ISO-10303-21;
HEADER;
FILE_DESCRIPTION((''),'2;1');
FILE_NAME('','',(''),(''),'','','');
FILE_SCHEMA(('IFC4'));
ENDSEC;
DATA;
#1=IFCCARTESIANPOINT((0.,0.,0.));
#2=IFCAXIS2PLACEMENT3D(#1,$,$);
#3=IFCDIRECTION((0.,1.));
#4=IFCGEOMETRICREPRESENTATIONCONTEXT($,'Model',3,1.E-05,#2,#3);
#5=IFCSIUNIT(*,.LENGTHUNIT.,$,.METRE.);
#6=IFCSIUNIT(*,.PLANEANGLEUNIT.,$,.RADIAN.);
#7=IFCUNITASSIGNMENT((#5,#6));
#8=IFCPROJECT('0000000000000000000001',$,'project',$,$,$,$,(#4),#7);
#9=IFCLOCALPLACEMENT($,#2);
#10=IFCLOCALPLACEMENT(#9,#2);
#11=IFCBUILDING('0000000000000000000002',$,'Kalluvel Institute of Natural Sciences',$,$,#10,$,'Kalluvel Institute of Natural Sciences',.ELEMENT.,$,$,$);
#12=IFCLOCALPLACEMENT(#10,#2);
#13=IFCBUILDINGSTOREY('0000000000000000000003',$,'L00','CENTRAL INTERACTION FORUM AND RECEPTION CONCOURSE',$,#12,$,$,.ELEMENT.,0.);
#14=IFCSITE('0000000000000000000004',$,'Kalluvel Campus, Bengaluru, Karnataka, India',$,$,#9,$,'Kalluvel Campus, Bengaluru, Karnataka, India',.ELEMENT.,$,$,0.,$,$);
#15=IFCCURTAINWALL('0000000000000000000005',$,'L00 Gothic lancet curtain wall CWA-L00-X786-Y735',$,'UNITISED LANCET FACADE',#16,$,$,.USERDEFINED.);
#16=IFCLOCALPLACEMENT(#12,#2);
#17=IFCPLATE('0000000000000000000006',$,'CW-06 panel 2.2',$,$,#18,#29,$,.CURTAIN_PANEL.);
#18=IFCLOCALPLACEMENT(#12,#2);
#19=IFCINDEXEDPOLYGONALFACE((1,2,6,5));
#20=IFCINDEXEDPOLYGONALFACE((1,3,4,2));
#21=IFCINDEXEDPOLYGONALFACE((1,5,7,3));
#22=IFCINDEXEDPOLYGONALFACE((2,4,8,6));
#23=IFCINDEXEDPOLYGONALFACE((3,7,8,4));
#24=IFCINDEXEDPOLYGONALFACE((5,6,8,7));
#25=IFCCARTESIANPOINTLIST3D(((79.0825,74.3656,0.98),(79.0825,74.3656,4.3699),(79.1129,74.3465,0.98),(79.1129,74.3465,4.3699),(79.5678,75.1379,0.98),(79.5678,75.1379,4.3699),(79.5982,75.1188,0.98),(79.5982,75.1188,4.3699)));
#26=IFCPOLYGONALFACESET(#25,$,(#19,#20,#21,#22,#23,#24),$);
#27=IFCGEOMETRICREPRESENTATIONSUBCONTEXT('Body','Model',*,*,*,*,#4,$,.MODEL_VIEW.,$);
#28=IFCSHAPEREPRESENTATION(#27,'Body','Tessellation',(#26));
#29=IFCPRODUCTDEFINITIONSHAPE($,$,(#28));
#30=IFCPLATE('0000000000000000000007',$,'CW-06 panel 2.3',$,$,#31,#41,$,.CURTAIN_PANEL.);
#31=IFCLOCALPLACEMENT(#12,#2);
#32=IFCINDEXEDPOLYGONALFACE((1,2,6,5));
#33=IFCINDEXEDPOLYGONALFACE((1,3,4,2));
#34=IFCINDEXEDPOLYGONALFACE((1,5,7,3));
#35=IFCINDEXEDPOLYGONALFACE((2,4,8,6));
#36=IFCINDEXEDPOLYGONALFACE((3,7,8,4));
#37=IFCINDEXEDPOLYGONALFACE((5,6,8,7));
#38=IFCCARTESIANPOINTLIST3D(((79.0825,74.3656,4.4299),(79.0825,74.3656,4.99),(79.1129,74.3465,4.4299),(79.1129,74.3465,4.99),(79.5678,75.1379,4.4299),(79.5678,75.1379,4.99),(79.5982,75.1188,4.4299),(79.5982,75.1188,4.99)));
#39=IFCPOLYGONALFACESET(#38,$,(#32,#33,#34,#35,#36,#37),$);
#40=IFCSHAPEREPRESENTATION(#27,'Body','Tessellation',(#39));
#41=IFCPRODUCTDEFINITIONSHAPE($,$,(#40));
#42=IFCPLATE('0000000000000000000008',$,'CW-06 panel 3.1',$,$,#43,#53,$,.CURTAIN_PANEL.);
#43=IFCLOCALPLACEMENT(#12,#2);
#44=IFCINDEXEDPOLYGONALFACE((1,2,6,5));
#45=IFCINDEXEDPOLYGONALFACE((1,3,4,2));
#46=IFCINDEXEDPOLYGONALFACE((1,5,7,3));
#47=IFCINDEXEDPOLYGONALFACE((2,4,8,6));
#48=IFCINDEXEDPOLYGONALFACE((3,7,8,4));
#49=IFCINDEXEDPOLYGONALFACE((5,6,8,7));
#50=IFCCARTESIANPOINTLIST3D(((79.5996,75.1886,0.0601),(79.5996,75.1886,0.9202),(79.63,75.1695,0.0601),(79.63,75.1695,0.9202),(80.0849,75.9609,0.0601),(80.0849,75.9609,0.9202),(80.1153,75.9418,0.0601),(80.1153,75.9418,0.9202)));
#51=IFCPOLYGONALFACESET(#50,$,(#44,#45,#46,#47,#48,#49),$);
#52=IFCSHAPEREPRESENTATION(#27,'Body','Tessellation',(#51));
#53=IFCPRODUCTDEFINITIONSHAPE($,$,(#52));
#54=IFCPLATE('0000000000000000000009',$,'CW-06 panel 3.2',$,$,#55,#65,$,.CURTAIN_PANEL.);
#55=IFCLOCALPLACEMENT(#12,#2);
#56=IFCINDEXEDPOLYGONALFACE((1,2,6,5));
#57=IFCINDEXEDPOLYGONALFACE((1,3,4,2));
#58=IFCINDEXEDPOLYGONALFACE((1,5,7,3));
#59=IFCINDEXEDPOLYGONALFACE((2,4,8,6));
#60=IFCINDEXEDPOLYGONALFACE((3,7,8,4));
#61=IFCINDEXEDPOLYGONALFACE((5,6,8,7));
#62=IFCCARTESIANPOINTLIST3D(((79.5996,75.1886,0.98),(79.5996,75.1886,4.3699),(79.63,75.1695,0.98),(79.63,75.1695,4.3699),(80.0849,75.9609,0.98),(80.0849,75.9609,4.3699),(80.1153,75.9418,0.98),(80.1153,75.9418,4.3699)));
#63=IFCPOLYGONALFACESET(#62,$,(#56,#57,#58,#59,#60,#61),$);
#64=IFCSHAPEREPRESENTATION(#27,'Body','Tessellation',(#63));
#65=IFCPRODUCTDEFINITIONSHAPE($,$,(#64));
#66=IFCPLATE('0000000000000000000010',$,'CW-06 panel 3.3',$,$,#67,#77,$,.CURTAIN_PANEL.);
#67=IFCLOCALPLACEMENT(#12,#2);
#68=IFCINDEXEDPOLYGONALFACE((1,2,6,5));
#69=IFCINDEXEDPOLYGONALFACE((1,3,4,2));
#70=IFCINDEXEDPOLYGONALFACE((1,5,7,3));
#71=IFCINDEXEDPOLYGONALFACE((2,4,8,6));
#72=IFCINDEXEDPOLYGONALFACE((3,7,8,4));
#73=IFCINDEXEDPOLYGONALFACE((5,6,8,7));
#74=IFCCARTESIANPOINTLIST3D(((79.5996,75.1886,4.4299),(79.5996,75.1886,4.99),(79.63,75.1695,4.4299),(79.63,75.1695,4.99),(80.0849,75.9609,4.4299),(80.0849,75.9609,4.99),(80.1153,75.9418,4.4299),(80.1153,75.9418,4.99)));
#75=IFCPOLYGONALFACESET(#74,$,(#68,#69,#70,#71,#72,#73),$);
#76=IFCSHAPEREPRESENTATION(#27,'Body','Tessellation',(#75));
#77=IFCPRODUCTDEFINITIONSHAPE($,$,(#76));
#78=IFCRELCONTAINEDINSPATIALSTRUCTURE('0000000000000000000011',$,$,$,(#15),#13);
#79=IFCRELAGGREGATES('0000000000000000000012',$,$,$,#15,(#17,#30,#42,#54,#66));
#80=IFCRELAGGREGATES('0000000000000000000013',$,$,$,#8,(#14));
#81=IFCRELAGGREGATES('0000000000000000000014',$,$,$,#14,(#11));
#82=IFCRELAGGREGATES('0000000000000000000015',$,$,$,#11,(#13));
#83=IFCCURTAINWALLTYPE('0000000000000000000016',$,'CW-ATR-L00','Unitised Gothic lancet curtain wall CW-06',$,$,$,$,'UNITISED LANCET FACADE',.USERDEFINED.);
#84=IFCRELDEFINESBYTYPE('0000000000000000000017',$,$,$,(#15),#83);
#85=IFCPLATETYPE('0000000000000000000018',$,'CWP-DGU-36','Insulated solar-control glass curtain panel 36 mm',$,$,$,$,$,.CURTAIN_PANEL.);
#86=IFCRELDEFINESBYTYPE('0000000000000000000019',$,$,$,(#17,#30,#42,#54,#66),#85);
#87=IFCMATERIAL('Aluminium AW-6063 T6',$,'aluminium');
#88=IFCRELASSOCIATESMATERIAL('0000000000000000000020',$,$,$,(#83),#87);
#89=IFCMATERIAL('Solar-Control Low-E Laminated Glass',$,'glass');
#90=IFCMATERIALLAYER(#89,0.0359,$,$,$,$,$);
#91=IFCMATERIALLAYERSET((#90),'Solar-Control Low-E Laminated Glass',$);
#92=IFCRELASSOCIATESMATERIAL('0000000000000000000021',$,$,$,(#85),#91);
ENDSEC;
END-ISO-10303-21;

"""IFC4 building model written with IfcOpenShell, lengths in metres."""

from ifc_helpers import new_model, si_unit, direction, frame, origin, origin_2d, place, context, subcontext, project, spatial, rectangle, extrude, material, layer, layer_set, type_object, element, aggregate, save


model = new_model("IFC4")

# Units and contexts
model_context = context("Model", 3, precision=1e-05, world=origin(), true_north=direction((0.0, 1.0)))
body_context = subcontext(model_context, "Body", "Model", "MODEL_VIEW")
ifc_project = project(units=[si_unit("LENGTHUNIT", "METRE"), si_unit("PLANEANGLEUNIT", "RADIAN")], contexts=[model_context])

# Site, building, storey
site_placement = place(None, origin())
site = spatial("IfcSite", under=ifc_project, at=site_placement, Name="Kalluvel Campus, Bengaluru, Karnataka, India", LongName="Kalluvel Campus, Bengaluru, Karnataka, India", CompositionType="ELEMENT", RefElevation=0.0)
building_placement = place(site_placement, origin())
building = spatial("IfcBuilding", under=site, at=building_placement, Name="Kalluvel Institute of Natural Sciences", LongName="Kalluvel Institute of Natural Sciences", CompositionType="ELEMENT")
storey_placement = place(building_placement, origin())
storey = spatial("IfcBuildingStorey", under=building, at=storey_placement, Name="L00", Description="CENTRAL INTERACTION FORUM AND RECEPTION CONCOURSE", CompositionType="ELEMENT", Elevation=0.0)

# Curtain wall, plates
ifc_material_1 = material(Name="Aluminium AW-6063 T6", Category="aluminium")
curtain_wall_type = type_object("IfcCurtainWallType", Name="CW-ATR-L00", Description="Unitised Gothic lancet curtain wall CW-06", ElementType="UNITISED LANCET FACADE", PredefinedType="USERDEFINED", material=ifc_material_1)
curtain_wall_placement = place(storey_placement, origin())
curtain_wall = element("IfcCurtainWall", 1, at=curtain_wall_placement, inside=storey, type_object=curtain_wall_type, Name="L00 Gothic lancet curtain wall CWA-L00-X786-Y735", ObjectType="UNITISED LANCET FACADE", PredefinedType="USERDEFINED")
ifc_material_2 = material(Name="Solar-Control Low-E Laminated Glass", Category="glass")
ifc_layer = layer(ifc_material_2, 0.0359)
ifc_layer_set = layer_set([ifc_layer], Name="Solar-Control Low-E Laminated Glass")
plate_type = type_object("IfcPlateType", Name="CWP-DGU-36", Description="Insulated solar-control glass curtain panel 36 mm", PredefinedType="CURTAIN_PANEL", material=ifc_layer_set)
plate_1_placement = place(storey_placement, frame((79.3403, 74.7422, 0.98), z_axis=(0.0, 0.0, 1.0), x_axis=(0.532036, 0.846722, 0.0)))
plate_1 = element("IfcPlate", 2, at=plate_1_placement, type_object=plate_type, Name="CW-06 panel 2.2", PredefinedType="CURTAIN_PANEL", context=body_context, shape_type="SweptSolid", body=[
    extrude(rectangle(XDim=0.9121, YDim=0.0359, at=origin_2d()), origin(), (0.0, 0.0, 1.0), 3.3899),
])
plate_2_placement = place(storey_placement, frame((79.3403, 74.7422, 4.4299), z_axis=(0.0, 0.0, 1.0), x_axis=(0.532036, 0.846722, 0.0)))
plate_2 = element("IfcPlate", 3, at=plate_2_placement, type_object=plate_type, Name="CW-06 panel 2.3", PredefinedType="CURTAIN_PANEL", context=body_context, shape_type="SweptSolid", body=[
    extrude(rectangle(XDim=0.9121, YDim=0.0359, at=origin_2d()), origin(), (0.0, 0.0, 1.0), 0.5601),
])
plate_3_placement = place(storey_placement, frame((79.8574, 75.5652, 0.0601), z_axis=(0.0, 0.0, 1.0), x_axis=(0.532036, 0.846722, 0.0)))
plate_3 = element("IfcPlate", 4, at=plate_3_placement, type_object=plate_type, Name="CW-06 panel 3.1", PredefinedType="CURTAIN_PANEL", context=body_context, shape_type="SweptSolid", body=[
    extrude(rectangle(XDim=0.9121, YDim=0.0359, at=origin_2d()), origin(), (0.0, 0.0, 1.0), 0.8601),
])
plate_4_placement = place(storey_placement, frame((79.8574, 75.5652, 0.98), z_axis=(0.0, 0.0, 1.0), x_axis=(0.532036, 0.846722, 0.0)))
plate_4 = element("IfcPlate", 5, at=plate_4_placement, type_object=plate_type, Name="CW-06 panel 3.2", PredefinedType="CURTAIN_PANEL", context=body_context, shape_type="SweptSolid", body=[
    extrude(rectangle(XDim=0.9121, YDim=0.0359, at=origin_2d()), origin(), (0.0, 0.0, 1.0), 3.3899),
])
plate_5_placement = place(storey_placement, frame((79.8574, 75.5652, 4.4299), z_axis=(0.0, 0.0, 1.0), x_axis=(0.532036, 0.846722, 0.0)))
plate_5 = element("IfcPlate", 6, at=plate_5_placement, type_object=plate_type, Name="CW-06 panel 3.3", PredefinedType="CURTAIN_PANEL", context=body_context, shape_type="SweptSolid", body=[
    extrude(rectangle(XDim=0.9121, YDim=0.0359, at=origin_2d()), origin(), (0.0, 0.0, 1.0), 0.5601),
])
aggregate(curtain_wall, [plate_1, plate_2, plate_3, plate_4, plate_5])

save(model, "model.ifc")
